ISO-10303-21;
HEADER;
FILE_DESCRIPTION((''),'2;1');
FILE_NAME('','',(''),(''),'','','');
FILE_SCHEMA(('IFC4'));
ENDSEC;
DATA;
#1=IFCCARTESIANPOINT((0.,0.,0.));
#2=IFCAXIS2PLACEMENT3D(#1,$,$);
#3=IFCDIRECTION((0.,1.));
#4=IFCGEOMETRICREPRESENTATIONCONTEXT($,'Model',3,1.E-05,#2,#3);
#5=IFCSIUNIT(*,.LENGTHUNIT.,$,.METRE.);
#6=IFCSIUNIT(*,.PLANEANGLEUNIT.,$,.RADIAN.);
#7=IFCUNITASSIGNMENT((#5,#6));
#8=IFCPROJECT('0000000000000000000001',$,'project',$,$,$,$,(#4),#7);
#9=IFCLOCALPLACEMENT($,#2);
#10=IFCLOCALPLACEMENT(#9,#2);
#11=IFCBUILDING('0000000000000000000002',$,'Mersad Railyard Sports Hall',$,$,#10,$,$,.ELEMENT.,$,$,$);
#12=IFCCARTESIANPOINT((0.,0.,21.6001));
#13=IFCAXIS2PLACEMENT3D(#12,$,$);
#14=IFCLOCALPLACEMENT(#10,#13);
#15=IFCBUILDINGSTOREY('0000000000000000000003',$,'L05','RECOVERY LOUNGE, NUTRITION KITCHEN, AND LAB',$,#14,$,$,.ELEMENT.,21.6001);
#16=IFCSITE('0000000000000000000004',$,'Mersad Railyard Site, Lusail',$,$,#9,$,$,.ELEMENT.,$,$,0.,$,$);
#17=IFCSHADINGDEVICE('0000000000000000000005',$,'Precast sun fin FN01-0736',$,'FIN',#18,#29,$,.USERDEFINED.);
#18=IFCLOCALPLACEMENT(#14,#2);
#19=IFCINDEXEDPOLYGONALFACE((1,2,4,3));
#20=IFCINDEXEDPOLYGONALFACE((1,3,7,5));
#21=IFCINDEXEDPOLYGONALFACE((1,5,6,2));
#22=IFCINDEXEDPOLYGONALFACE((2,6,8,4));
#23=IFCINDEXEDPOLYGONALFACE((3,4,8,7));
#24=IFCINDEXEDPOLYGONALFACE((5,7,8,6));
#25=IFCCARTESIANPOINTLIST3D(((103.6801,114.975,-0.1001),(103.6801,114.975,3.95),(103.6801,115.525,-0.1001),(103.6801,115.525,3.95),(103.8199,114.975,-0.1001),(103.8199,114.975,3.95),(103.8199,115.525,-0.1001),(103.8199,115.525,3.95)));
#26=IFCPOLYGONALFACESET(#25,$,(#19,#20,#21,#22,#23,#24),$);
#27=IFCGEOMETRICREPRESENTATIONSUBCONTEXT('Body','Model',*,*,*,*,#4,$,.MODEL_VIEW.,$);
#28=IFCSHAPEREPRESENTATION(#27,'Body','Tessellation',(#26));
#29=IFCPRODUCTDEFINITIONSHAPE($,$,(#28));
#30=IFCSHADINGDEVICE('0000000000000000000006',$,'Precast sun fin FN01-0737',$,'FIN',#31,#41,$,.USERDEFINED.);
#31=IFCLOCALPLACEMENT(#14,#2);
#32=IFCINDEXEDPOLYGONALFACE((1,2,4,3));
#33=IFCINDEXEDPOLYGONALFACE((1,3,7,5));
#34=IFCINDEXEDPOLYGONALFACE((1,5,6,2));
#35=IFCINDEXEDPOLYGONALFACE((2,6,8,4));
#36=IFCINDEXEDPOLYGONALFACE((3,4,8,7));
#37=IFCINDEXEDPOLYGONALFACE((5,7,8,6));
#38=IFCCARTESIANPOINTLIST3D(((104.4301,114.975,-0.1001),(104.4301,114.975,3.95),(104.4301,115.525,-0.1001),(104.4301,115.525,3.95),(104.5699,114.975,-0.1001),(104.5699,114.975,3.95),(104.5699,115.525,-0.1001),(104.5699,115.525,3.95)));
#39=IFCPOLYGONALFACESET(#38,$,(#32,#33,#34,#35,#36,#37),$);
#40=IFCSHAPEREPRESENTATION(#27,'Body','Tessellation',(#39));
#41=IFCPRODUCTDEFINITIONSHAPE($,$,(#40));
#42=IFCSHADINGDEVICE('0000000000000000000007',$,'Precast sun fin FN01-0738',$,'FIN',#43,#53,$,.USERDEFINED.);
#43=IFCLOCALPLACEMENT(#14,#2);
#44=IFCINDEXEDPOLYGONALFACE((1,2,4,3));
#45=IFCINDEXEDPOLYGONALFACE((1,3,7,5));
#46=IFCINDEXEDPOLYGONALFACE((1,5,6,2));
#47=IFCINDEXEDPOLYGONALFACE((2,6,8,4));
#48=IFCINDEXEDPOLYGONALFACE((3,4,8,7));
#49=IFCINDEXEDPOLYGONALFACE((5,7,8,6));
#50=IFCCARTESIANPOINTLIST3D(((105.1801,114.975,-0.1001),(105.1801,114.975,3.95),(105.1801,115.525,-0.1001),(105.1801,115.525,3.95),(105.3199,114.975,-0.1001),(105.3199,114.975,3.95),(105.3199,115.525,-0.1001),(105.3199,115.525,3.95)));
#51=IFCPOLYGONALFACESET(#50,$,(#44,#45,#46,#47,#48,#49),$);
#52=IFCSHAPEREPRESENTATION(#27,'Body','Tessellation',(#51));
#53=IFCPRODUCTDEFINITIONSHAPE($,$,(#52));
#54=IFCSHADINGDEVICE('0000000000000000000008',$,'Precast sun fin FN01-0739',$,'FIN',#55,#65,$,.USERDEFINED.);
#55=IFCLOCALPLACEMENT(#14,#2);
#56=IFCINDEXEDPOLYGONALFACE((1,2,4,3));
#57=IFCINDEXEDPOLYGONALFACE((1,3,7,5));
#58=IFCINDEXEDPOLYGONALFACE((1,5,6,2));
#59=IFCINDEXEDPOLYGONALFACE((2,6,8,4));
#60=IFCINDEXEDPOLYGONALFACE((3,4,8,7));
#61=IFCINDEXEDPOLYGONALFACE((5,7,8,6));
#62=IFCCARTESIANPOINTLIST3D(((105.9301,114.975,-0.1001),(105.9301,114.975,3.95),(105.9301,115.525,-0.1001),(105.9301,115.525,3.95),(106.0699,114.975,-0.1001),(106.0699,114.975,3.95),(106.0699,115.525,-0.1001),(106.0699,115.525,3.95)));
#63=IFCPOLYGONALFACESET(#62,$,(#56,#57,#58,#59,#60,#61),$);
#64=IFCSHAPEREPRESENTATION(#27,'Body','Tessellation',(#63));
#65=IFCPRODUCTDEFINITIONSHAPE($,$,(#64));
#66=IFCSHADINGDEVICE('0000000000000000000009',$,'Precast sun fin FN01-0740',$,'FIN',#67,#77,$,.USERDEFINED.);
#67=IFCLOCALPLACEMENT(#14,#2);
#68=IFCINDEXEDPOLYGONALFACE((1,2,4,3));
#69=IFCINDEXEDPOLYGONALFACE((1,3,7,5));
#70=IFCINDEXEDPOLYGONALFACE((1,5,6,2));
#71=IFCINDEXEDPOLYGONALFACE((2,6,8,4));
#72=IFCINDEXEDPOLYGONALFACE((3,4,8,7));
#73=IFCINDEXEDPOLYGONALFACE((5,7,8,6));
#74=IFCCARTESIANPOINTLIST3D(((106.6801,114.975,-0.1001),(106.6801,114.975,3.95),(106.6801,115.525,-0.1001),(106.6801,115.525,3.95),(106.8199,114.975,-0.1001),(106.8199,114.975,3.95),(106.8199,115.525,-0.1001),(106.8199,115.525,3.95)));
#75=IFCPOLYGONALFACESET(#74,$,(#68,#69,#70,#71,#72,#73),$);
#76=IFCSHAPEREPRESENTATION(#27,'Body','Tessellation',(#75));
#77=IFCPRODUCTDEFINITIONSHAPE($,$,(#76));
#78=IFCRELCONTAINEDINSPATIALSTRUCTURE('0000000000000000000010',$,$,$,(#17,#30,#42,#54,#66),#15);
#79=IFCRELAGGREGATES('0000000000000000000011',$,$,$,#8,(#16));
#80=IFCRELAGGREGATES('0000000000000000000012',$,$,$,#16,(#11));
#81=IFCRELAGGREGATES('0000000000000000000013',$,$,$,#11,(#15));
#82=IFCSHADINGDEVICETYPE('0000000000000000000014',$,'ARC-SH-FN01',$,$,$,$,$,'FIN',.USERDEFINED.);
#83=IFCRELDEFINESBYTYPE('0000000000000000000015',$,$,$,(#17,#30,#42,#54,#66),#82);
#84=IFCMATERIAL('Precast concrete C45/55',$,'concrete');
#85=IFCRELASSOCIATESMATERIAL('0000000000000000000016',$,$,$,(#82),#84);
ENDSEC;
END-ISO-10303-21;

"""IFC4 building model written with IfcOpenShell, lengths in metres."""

from ifc_helpers import new_model, si_unit, direction, frame, origin, origin_2d, place, context, subcontext, project, spatial, rectangle, extrude, material, type_object, element, save


model = new_model("IFC4")

# Units and contexts
model_context = context("Model", 3, precision=1e-05, world=origin(), true_north=direction((0.0, 1.0)))
body_context = subcontext(model_context, "Body", "Model", "MODEL_VIEW")
ifc_project = project(units=[si_unit("LENGTHUNIT", "METRE"), si_unit("PLANEANGLEUNIT", "RADIAN")], contexts=[model_context])

# Site, building, storey
site_placement = place(None, origin())
site = spatial("IfcSite", under=ifc_project, at=site_placement, Name="Mersad Railyard Site, Lusail", CompositionType="ELEMENT", RefElevation=0.0)
building_placement = place(site_placement, origin())
building = spatial("IfcBuilding", under=site, at=building_placement, Name="Mersad Railyard Sports Hall", CompositionType="ELEMENT")
storey_placement = place(building_placement, frame((0.0, 0.0, 21.6001)))
storey = spatial("IfcBuildingStorey", under=building, at=storey_placement, Name="L05", Description="RECOVERY LOUNGE, NUTRITION KITCHEN, AND LAB", CompositionType="ELEMENT", Elevation=21.6001)

# Shading devices
ifc_material_1 = material(Name="Precast concrete C45/55", Category="concrete")
shading_device_type = type_object("IfcShadingDeviceType", Name="ARC-SH-FN01", ElementType="FIN", PredefinedType="USERDEFINED", material=ifc_material_1)
for number, where, z_axis, x_axis, name in (
    (1, (103.75, 115.25, -0.1001), (0.0, 0.0, 1.0), (1.0, 0.0, 0.0), "Precast sun fin FN01-0736"),
    (2, (104.5, 115.25, -0.1001), (0.0, 0.0, 1.0), (1.0, 0.0, 0.0), "Precast sun fin FN01-0737"),
    (3, (105.25, 115.25, -0.1001), (0.0, 0.0, 1.0), (1.0, 0.0, 0.0), "Precast sun fin FN01-0738"),
    (4, (106.0, 115.25, -0.1001), (0.0, 0.0, 1.0), (1.0, 0.0, 0.0), "Precast sun fin FN01-0739"),
    (5, (106.75, 115.25, -0.1001), (0.0, 0.0, 1.0), (1.0, 0.0, 0.0), "Precast sun fin FN01-0740"),
):
    element("IfcShadingDevice", number, at=place(storey_placement, frame(where, z_axis=z_axis, x_axis=x_axis)), inside=storey, type_object=shading_device_type, Name=name, ObjectType="FIN", PredefinedType="USERDEFINED", context=body_context, shape_type="SweptSolid", body=[
        extrude(rectangle(XDim=0.1399, YDim=0.55, at=origin_2d()), origin(), (0.0, 0.0, 1.0), 4.05),
    ])

save(model, "model.ifc")
